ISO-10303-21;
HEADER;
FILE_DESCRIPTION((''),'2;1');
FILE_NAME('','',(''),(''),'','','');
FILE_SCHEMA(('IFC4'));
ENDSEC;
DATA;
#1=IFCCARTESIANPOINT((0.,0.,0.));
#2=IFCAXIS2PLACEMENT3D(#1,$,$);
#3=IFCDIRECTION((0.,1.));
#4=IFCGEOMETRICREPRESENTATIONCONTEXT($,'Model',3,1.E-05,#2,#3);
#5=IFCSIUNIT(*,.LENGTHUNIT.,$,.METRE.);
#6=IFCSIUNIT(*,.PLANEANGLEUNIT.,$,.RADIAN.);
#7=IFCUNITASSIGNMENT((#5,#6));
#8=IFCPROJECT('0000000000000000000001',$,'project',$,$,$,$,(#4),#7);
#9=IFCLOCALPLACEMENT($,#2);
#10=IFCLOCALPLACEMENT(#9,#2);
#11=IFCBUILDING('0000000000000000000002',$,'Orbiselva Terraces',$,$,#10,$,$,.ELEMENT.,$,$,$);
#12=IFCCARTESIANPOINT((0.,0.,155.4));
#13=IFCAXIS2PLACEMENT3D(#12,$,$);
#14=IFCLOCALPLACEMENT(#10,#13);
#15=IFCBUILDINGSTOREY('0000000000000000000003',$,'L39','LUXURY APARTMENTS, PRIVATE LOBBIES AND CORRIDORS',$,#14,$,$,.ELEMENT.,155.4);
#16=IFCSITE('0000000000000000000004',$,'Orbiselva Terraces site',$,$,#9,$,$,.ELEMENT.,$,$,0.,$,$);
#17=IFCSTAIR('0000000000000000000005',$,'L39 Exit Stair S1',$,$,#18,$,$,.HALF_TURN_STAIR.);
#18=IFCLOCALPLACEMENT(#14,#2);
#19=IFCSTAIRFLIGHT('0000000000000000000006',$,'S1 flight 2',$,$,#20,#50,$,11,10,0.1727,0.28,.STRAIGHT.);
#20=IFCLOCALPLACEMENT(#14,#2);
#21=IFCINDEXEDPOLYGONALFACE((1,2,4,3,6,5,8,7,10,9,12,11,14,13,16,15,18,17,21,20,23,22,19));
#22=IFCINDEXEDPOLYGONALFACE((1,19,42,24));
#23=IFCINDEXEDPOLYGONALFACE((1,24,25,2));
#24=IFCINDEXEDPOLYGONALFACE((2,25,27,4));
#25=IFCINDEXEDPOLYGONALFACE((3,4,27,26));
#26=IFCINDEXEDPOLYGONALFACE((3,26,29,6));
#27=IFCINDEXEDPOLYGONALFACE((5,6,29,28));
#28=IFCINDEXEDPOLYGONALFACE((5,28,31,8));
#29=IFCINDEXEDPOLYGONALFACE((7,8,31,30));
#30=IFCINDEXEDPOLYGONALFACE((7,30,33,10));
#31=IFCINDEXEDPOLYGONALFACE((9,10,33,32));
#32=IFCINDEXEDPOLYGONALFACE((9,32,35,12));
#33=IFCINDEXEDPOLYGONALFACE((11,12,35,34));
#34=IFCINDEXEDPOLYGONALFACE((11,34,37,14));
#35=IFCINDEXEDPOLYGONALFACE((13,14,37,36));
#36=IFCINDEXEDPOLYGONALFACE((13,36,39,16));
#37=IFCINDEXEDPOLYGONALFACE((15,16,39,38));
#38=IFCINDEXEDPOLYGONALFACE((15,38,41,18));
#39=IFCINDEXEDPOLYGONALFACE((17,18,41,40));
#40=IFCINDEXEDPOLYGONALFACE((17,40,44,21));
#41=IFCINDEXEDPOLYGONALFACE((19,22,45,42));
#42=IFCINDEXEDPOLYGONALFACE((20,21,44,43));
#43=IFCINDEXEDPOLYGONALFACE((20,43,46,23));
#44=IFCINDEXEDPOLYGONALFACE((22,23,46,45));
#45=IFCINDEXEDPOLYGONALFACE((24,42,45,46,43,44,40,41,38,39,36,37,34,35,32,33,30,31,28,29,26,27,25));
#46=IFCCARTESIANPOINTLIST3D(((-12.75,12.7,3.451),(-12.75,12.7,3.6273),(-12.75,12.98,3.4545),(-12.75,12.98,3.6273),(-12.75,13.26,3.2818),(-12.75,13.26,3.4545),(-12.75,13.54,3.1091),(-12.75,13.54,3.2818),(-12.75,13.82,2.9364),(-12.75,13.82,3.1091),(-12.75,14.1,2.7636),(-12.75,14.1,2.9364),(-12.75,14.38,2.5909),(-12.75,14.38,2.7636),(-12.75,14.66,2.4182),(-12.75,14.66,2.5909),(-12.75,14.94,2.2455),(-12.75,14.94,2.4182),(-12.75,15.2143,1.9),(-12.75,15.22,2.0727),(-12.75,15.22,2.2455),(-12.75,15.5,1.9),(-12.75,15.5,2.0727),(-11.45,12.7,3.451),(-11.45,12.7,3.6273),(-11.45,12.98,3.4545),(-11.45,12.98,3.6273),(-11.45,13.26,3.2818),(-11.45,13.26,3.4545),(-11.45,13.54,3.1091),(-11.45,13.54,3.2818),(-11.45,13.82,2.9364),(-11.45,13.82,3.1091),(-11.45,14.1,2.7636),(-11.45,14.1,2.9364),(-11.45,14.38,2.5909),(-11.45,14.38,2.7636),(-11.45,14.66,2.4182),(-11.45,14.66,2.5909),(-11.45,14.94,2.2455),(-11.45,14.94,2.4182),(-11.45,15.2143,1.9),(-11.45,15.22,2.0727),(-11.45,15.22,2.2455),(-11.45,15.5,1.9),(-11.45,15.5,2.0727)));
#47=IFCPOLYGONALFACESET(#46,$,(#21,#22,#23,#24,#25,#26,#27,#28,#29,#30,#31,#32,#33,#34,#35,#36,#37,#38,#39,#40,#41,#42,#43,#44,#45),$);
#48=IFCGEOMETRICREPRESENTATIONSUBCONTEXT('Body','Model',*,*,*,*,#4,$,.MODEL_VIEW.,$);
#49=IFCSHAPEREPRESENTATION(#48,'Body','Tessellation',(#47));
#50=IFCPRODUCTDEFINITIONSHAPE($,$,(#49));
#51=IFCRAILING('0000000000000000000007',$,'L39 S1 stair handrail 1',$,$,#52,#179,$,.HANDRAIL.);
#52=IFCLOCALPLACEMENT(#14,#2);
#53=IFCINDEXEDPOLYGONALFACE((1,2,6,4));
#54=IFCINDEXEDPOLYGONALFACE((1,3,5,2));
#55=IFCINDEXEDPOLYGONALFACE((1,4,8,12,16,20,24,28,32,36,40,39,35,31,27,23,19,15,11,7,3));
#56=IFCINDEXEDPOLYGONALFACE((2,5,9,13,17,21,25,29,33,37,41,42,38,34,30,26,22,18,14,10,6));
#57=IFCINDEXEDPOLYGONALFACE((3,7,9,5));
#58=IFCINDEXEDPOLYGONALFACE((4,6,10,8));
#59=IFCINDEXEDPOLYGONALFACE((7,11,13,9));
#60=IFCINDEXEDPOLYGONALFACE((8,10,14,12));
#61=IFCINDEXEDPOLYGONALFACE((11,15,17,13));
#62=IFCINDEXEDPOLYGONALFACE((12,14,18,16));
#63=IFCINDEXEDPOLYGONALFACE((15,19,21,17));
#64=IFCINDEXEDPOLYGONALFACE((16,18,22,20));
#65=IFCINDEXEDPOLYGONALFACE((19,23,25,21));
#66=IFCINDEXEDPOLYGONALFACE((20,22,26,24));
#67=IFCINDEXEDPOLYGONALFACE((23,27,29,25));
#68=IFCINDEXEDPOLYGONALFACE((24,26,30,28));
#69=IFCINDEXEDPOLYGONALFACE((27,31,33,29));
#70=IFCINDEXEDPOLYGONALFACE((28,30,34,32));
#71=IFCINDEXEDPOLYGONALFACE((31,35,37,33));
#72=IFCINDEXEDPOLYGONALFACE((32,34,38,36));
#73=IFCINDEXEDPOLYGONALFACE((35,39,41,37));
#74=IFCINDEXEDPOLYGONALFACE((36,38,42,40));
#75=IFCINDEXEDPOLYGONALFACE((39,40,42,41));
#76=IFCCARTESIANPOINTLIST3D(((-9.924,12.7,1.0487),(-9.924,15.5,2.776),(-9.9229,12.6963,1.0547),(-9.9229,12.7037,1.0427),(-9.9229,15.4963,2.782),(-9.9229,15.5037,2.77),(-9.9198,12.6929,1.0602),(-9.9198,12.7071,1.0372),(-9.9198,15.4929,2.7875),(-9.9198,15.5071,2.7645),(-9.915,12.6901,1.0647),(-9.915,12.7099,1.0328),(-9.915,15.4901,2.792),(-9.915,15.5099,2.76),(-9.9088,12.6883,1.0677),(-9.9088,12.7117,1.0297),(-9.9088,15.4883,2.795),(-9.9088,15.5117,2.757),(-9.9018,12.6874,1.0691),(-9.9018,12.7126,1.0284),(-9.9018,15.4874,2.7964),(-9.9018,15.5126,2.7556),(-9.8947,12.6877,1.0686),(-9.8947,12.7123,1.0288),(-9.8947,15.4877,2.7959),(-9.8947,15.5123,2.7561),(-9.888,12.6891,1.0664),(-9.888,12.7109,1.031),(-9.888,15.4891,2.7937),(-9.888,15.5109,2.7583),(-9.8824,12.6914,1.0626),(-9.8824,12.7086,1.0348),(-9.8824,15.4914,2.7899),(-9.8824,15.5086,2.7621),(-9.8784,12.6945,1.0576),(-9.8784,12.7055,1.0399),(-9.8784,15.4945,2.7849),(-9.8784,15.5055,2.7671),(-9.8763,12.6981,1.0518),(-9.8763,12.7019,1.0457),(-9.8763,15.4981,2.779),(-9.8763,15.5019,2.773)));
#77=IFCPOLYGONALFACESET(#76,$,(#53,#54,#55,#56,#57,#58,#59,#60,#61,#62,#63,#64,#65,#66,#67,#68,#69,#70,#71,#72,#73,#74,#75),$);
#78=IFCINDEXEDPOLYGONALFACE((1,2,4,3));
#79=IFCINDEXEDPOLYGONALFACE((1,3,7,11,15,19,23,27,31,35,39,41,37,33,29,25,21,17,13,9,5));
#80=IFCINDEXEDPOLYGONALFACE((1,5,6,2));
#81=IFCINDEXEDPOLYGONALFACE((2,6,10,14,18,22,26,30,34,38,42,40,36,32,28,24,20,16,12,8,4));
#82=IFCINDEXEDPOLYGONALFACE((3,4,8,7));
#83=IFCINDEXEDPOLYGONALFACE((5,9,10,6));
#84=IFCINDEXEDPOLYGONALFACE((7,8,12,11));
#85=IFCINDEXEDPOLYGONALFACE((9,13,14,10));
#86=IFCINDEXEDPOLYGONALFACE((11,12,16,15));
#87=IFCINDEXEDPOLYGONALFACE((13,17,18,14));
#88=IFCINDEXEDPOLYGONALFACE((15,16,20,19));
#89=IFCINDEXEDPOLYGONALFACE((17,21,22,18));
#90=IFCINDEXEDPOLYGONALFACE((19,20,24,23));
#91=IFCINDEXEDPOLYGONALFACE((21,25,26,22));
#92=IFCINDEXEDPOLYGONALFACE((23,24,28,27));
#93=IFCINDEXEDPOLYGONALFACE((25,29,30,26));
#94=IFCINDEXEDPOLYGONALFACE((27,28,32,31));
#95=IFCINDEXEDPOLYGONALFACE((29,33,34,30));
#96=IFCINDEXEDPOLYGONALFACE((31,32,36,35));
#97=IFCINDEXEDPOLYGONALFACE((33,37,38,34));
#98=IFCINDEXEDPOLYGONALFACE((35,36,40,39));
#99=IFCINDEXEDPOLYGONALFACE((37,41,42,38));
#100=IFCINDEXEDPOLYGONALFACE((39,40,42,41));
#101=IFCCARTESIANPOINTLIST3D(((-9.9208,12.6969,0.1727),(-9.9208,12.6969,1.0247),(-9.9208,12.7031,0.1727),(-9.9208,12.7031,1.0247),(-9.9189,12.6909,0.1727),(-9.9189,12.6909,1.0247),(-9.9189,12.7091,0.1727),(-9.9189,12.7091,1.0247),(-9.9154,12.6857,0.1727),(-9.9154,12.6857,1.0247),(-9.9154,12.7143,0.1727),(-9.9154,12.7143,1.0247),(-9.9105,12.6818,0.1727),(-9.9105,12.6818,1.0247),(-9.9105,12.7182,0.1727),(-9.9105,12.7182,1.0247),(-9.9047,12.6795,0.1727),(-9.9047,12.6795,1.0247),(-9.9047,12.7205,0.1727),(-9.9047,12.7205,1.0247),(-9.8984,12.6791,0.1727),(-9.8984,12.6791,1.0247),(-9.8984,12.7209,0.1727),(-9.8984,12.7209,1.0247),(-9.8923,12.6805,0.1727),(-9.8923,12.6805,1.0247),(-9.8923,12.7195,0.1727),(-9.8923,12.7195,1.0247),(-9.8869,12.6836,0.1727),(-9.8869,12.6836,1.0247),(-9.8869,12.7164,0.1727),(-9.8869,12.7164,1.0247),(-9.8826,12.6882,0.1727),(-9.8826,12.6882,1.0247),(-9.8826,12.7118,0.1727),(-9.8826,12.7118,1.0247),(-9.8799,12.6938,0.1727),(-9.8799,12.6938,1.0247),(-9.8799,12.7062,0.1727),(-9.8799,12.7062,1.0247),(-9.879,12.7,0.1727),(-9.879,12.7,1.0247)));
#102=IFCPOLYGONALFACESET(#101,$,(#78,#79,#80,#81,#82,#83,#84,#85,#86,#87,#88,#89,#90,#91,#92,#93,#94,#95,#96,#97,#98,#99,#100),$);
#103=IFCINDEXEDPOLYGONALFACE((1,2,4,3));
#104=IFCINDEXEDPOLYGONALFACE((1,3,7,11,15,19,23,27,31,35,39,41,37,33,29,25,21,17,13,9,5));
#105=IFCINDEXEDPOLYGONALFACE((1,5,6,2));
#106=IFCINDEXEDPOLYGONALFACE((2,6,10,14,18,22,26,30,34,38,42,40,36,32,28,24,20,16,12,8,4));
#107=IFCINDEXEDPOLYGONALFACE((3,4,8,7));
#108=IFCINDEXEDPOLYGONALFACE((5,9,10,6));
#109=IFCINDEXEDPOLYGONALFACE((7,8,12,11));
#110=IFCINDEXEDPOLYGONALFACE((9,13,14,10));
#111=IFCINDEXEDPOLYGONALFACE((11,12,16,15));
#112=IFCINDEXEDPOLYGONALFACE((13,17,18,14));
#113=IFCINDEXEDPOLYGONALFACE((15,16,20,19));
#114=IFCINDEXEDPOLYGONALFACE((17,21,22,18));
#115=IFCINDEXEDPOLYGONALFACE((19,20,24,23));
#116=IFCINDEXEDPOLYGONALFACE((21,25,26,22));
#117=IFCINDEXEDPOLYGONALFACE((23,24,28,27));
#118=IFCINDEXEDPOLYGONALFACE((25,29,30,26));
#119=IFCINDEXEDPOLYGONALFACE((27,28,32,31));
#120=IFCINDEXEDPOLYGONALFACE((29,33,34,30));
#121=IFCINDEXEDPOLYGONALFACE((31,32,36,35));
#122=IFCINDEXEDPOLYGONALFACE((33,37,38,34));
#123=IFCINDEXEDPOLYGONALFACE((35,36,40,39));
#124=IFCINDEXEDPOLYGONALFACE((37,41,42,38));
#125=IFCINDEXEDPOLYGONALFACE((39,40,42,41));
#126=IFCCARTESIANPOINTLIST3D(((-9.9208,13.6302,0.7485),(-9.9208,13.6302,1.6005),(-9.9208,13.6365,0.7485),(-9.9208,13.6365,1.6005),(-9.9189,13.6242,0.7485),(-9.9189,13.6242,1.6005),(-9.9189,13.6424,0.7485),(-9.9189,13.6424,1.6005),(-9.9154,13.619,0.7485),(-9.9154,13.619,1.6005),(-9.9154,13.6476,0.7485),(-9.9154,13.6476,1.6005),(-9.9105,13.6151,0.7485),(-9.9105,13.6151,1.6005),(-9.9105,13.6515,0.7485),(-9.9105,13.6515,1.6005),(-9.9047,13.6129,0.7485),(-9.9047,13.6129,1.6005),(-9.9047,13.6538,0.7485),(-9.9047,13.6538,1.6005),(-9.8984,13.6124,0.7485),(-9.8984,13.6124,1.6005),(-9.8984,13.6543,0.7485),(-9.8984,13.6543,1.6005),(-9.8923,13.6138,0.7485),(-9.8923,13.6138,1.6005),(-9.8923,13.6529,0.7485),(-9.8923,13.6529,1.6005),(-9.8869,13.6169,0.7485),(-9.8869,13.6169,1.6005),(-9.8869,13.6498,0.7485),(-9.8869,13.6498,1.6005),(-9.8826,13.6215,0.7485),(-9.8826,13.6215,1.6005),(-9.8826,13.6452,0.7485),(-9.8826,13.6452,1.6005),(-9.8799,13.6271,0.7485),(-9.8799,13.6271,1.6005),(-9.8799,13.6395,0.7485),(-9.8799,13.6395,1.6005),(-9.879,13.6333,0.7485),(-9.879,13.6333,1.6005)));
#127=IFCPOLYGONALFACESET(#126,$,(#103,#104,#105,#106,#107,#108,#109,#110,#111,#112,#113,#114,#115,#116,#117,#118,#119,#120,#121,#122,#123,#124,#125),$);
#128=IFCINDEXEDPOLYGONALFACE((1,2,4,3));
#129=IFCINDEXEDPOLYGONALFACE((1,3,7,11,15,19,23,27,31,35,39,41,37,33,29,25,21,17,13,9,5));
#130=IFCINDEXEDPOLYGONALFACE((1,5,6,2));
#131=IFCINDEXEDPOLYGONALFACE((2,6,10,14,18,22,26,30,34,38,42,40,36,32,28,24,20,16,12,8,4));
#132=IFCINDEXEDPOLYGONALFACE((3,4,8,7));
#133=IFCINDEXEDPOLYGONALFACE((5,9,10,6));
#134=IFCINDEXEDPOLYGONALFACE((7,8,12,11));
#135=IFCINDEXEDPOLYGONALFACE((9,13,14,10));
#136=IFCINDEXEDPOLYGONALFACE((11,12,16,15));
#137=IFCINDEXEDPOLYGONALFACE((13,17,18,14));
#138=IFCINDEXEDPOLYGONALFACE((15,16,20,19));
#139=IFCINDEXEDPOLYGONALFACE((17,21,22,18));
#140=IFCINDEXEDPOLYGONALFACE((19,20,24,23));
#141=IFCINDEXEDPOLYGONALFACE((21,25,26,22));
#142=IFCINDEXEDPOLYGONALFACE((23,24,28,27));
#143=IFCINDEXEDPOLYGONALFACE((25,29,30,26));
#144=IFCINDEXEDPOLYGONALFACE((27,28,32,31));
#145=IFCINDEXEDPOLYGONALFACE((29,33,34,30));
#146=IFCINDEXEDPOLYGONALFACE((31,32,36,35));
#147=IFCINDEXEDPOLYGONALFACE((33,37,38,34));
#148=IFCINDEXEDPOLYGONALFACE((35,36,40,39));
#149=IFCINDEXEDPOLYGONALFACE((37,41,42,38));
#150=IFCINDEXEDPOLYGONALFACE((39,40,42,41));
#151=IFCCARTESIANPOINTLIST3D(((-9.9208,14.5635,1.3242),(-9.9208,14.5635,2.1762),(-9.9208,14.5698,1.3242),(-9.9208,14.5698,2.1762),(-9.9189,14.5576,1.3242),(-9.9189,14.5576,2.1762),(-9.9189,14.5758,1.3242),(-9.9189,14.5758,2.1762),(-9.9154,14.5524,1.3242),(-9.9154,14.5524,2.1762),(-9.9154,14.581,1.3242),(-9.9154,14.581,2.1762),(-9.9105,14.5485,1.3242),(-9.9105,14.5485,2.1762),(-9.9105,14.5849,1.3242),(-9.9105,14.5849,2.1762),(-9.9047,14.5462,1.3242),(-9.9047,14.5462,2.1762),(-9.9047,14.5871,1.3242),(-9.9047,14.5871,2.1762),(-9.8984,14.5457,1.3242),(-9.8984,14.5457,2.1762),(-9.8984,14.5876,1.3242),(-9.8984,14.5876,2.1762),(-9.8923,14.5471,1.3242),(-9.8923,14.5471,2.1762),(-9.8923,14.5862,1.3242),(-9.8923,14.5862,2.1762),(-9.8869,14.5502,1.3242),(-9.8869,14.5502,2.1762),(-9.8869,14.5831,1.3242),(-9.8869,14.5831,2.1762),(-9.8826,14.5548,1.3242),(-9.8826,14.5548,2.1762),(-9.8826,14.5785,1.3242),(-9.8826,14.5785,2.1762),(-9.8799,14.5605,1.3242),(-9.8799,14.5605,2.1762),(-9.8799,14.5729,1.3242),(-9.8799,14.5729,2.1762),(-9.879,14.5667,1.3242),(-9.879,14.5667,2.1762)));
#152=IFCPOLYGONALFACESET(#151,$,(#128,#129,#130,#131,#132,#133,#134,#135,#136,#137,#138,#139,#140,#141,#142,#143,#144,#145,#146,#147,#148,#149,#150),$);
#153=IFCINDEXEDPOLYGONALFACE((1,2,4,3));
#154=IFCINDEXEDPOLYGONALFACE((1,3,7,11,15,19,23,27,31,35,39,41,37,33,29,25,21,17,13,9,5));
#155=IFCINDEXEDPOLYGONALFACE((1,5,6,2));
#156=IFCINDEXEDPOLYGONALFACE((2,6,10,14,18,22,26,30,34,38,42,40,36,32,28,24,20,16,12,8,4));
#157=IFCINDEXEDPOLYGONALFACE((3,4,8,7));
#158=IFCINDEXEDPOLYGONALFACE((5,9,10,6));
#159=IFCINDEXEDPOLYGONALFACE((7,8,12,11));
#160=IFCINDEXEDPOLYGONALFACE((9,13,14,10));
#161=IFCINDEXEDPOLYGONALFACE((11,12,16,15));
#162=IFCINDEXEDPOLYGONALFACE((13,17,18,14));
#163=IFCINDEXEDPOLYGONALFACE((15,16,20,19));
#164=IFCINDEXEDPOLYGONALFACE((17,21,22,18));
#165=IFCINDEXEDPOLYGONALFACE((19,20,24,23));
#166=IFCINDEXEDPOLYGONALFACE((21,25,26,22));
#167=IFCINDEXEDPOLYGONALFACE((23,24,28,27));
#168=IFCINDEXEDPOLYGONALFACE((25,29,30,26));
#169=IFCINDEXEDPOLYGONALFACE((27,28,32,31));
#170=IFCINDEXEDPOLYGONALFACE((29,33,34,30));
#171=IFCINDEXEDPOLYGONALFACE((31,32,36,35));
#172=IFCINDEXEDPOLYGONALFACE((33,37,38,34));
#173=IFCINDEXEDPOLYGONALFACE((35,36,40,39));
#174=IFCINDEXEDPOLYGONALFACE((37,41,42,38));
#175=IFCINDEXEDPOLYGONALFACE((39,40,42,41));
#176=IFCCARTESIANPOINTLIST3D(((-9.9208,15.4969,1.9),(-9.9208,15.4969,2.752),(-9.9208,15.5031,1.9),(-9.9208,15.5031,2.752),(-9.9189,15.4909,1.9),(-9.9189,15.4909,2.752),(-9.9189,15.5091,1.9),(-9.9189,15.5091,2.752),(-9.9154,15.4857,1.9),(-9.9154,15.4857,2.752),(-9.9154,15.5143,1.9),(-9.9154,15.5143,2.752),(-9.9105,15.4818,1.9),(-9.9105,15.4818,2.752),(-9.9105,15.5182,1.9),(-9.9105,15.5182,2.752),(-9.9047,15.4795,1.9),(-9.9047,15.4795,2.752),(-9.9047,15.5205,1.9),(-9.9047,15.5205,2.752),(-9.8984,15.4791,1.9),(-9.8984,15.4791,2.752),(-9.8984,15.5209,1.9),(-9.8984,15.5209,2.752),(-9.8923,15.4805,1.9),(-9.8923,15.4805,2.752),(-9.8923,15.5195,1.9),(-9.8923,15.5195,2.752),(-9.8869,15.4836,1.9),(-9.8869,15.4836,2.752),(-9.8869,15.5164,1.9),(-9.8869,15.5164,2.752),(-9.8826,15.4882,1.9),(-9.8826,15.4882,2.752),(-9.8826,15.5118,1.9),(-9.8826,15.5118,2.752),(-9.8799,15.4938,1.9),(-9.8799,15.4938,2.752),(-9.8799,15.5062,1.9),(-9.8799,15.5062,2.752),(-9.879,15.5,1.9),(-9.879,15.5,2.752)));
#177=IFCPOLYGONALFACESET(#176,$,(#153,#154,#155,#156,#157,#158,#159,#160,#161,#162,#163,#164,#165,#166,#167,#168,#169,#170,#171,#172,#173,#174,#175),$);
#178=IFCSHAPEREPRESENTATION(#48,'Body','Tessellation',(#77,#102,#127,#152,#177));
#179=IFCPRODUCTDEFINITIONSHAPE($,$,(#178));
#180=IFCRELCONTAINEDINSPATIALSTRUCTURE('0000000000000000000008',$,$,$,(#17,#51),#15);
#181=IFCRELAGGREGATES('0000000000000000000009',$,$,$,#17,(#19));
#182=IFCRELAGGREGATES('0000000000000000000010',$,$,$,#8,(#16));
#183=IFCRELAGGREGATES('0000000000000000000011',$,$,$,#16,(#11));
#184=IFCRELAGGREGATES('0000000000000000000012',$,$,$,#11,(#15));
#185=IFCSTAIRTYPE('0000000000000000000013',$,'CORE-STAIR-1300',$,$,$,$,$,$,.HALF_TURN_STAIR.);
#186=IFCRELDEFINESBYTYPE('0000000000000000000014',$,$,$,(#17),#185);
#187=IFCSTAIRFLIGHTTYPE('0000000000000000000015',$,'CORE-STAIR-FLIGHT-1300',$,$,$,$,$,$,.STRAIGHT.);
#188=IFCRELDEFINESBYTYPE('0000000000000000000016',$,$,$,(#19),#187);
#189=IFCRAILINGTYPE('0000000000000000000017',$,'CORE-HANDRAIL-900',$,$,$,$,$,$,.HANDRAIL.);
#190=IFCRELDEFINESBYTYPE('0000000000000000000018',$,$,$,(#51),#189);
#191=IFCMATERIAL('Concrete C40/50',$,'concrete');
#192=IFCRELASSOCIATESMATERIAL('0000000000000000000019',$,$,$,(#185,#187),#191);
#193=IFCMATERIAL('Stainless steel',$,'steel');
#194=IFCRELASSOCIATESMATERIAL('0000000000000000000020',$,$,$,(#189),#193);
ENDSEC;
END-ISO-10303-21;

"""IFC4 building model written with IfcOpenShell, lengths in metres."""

from ifc_helpers import new_model, si_unit, direction, frame, origin, origin_2d, place, context, subcontext, project, spatial, polyline, circle, outline, extrude, material, type_object, element, aggregate, save


model = new_model("IFC4")

# Units and contexts
model_context = context("Model", 3, precision=1e-05, world=origin(), true_north=direction((0.0, 1.0)))
body_context = subcontext(model_context, "Body", "Model", "MODEL_VIEW")
ifc_project = project(units=[si_unit("LENGTHUNIT", "METRE"), si_unit("PLANEANGLEUNIT", "RADIAN")], contexts=[model_context])

# Site, building, storey
site_placement = place(None, origin())
site = spatial("IfcSite", under=ifc_project, at=site_placement, Name="Orbiselva Terraces site", CompositionType="ELEMENT", RefElevation=0.0)
building_placement = place(site_placement, origin())
building = spatial("IfcBuilding", under=site, at=building_placement, Name="Orbiselva Terraces", CompositionType="ELEMENT")
storey_placement = place(building_placement, frame((0.0, 0.0, 155.4)))
storey = spatial("IfcBuildingStorey", under=building, at=storey_placement, Name="L39", Description="LUXURY APARTMENTS, PRIVATE LOBBIES AND CORRIDORS", CompositionType="ELEMENT", Elevation=155.4)

# Shared definitions
ifc_material_1 = material(Name="Concrete C40/50", Category="concrete")

# Stair, stair flight
stair_type = type_object("IfcStairType", Name="CORE-STAIR-1300", PredefinedType="HALF_TURN_STAIR", material=ifc_material_1)
stair_placement = place(storey_placement, origin())
stair = element("IfcStair", 1, at=stair_placement, inside=storey, type_object=stair_type, Name="L39 Exit Stair S1", PredefinedType="HALF_TURN_STAIR")
stair_flight_type = type_object("IfcStairFlightType", Name="CORE-STAIR-FLIGHT-1300", PredefinedType="STRAIGHT", material=ifc_material_1)
stair_flight_placement = place(storey_placement, frame((-12.1, 15.5, 1.9), z_axis=(0.0, 0.0, 1.0), x_axis=(0.0, -1.0, 0.0)))
stair_flight = element("IfcStairFlight", 2, at=stair_flight_placement, type_object=stair_flight_type, Name="S1 flight 2", NumberOfRisers=11, NumberOfTreads=10, PredefinedType="STRAIGHT", RiserHeight=0.1727, TreadLength=0.28, context=body_context, shape_type="SweptSolid", body=[
    extrude(outline(polyline([(0.0, 0.0), (0.0, 0.1727), (0.28, 0.1727), (0.28, 0.3455), (0.56, 0.3455), (0.56, 0.5182), (0.84, 0.5182), (0.84, 0.6909), (1.12, 0.6909), (1.12, 0.8636), (1.4, 0.8636), (1.4, 1.0364), (1.68, 1.0364), (1.68, 1.2091), (1.96, 1.2091), (1.96, 1.3818), (2.24, 1.3818), (2.24, 1.5545), (2.52, 1.5545), (2.52, 1.7273), (2.8, 1.7273), (2.8, 1.9), (2.8, 1.551), (0.2857, 0.0), (0.0, 0.0)])), frame((0.0, 0.65, 0.0), z_axis=(0.0, -1.0, 0.0), x_axis=(1.0, 0.0, 0.0)), (0.0, 0.0, 1.0), 1.3),
])
aggregate(stair, [stair_flight])

# Railing
ifc_material_2 = material(Name="Stainless steel", Category="steel")
railing_type = type_object("IfcRailingType", Name="CORE-HANDRAIL-900", PredefinedType="HANDRAIL", material=ifc_material_2)
railing_1_placement = place(storey_placement, frame((-9.9, 12.7, 0.1727)))
element("IfcRailing", 3, at=railing_1_placement, inside=storey, type_object=railing_type, Name="L39 S1 stair handrail 1", PredefinedType="HANDRAIL", context=body_context, shape_type="SweptSolid", body=[
    extrude(circle(Radius=0.024, at=origin_2d()), frame((0.0, 0.0, 0.876), z_axis=(0.0, 0.851089, 0.525022), x_axis=(-1.0, 0.0, 0.0)), (0.0, 0.0, 1.0), 3.2899),
    extrude(circle(Radius=0.021, at=origin_2d()), origin(), (0.0, 0.0, 1.0), 0.852),
    extrude(circle(Radius=0.021, at=origin_2d()), frame((0.0, 0.9333, 0.5758)), (0.0, 0.0, 1.0), 0.852),
    extrude(circle(Radius=0.021, at=origin_2d()), frame((0.0, 1.8667, 1.1515)), (0.0, 0.0, 1.0), 0.852),
    extrude(circle(Radius=0.021, at=origin_2d()), frame((0.0, 2.8, 1.7273)), (0.0, 0.0, 1.0), 0.852),
])

save(model, "model.ifc")
